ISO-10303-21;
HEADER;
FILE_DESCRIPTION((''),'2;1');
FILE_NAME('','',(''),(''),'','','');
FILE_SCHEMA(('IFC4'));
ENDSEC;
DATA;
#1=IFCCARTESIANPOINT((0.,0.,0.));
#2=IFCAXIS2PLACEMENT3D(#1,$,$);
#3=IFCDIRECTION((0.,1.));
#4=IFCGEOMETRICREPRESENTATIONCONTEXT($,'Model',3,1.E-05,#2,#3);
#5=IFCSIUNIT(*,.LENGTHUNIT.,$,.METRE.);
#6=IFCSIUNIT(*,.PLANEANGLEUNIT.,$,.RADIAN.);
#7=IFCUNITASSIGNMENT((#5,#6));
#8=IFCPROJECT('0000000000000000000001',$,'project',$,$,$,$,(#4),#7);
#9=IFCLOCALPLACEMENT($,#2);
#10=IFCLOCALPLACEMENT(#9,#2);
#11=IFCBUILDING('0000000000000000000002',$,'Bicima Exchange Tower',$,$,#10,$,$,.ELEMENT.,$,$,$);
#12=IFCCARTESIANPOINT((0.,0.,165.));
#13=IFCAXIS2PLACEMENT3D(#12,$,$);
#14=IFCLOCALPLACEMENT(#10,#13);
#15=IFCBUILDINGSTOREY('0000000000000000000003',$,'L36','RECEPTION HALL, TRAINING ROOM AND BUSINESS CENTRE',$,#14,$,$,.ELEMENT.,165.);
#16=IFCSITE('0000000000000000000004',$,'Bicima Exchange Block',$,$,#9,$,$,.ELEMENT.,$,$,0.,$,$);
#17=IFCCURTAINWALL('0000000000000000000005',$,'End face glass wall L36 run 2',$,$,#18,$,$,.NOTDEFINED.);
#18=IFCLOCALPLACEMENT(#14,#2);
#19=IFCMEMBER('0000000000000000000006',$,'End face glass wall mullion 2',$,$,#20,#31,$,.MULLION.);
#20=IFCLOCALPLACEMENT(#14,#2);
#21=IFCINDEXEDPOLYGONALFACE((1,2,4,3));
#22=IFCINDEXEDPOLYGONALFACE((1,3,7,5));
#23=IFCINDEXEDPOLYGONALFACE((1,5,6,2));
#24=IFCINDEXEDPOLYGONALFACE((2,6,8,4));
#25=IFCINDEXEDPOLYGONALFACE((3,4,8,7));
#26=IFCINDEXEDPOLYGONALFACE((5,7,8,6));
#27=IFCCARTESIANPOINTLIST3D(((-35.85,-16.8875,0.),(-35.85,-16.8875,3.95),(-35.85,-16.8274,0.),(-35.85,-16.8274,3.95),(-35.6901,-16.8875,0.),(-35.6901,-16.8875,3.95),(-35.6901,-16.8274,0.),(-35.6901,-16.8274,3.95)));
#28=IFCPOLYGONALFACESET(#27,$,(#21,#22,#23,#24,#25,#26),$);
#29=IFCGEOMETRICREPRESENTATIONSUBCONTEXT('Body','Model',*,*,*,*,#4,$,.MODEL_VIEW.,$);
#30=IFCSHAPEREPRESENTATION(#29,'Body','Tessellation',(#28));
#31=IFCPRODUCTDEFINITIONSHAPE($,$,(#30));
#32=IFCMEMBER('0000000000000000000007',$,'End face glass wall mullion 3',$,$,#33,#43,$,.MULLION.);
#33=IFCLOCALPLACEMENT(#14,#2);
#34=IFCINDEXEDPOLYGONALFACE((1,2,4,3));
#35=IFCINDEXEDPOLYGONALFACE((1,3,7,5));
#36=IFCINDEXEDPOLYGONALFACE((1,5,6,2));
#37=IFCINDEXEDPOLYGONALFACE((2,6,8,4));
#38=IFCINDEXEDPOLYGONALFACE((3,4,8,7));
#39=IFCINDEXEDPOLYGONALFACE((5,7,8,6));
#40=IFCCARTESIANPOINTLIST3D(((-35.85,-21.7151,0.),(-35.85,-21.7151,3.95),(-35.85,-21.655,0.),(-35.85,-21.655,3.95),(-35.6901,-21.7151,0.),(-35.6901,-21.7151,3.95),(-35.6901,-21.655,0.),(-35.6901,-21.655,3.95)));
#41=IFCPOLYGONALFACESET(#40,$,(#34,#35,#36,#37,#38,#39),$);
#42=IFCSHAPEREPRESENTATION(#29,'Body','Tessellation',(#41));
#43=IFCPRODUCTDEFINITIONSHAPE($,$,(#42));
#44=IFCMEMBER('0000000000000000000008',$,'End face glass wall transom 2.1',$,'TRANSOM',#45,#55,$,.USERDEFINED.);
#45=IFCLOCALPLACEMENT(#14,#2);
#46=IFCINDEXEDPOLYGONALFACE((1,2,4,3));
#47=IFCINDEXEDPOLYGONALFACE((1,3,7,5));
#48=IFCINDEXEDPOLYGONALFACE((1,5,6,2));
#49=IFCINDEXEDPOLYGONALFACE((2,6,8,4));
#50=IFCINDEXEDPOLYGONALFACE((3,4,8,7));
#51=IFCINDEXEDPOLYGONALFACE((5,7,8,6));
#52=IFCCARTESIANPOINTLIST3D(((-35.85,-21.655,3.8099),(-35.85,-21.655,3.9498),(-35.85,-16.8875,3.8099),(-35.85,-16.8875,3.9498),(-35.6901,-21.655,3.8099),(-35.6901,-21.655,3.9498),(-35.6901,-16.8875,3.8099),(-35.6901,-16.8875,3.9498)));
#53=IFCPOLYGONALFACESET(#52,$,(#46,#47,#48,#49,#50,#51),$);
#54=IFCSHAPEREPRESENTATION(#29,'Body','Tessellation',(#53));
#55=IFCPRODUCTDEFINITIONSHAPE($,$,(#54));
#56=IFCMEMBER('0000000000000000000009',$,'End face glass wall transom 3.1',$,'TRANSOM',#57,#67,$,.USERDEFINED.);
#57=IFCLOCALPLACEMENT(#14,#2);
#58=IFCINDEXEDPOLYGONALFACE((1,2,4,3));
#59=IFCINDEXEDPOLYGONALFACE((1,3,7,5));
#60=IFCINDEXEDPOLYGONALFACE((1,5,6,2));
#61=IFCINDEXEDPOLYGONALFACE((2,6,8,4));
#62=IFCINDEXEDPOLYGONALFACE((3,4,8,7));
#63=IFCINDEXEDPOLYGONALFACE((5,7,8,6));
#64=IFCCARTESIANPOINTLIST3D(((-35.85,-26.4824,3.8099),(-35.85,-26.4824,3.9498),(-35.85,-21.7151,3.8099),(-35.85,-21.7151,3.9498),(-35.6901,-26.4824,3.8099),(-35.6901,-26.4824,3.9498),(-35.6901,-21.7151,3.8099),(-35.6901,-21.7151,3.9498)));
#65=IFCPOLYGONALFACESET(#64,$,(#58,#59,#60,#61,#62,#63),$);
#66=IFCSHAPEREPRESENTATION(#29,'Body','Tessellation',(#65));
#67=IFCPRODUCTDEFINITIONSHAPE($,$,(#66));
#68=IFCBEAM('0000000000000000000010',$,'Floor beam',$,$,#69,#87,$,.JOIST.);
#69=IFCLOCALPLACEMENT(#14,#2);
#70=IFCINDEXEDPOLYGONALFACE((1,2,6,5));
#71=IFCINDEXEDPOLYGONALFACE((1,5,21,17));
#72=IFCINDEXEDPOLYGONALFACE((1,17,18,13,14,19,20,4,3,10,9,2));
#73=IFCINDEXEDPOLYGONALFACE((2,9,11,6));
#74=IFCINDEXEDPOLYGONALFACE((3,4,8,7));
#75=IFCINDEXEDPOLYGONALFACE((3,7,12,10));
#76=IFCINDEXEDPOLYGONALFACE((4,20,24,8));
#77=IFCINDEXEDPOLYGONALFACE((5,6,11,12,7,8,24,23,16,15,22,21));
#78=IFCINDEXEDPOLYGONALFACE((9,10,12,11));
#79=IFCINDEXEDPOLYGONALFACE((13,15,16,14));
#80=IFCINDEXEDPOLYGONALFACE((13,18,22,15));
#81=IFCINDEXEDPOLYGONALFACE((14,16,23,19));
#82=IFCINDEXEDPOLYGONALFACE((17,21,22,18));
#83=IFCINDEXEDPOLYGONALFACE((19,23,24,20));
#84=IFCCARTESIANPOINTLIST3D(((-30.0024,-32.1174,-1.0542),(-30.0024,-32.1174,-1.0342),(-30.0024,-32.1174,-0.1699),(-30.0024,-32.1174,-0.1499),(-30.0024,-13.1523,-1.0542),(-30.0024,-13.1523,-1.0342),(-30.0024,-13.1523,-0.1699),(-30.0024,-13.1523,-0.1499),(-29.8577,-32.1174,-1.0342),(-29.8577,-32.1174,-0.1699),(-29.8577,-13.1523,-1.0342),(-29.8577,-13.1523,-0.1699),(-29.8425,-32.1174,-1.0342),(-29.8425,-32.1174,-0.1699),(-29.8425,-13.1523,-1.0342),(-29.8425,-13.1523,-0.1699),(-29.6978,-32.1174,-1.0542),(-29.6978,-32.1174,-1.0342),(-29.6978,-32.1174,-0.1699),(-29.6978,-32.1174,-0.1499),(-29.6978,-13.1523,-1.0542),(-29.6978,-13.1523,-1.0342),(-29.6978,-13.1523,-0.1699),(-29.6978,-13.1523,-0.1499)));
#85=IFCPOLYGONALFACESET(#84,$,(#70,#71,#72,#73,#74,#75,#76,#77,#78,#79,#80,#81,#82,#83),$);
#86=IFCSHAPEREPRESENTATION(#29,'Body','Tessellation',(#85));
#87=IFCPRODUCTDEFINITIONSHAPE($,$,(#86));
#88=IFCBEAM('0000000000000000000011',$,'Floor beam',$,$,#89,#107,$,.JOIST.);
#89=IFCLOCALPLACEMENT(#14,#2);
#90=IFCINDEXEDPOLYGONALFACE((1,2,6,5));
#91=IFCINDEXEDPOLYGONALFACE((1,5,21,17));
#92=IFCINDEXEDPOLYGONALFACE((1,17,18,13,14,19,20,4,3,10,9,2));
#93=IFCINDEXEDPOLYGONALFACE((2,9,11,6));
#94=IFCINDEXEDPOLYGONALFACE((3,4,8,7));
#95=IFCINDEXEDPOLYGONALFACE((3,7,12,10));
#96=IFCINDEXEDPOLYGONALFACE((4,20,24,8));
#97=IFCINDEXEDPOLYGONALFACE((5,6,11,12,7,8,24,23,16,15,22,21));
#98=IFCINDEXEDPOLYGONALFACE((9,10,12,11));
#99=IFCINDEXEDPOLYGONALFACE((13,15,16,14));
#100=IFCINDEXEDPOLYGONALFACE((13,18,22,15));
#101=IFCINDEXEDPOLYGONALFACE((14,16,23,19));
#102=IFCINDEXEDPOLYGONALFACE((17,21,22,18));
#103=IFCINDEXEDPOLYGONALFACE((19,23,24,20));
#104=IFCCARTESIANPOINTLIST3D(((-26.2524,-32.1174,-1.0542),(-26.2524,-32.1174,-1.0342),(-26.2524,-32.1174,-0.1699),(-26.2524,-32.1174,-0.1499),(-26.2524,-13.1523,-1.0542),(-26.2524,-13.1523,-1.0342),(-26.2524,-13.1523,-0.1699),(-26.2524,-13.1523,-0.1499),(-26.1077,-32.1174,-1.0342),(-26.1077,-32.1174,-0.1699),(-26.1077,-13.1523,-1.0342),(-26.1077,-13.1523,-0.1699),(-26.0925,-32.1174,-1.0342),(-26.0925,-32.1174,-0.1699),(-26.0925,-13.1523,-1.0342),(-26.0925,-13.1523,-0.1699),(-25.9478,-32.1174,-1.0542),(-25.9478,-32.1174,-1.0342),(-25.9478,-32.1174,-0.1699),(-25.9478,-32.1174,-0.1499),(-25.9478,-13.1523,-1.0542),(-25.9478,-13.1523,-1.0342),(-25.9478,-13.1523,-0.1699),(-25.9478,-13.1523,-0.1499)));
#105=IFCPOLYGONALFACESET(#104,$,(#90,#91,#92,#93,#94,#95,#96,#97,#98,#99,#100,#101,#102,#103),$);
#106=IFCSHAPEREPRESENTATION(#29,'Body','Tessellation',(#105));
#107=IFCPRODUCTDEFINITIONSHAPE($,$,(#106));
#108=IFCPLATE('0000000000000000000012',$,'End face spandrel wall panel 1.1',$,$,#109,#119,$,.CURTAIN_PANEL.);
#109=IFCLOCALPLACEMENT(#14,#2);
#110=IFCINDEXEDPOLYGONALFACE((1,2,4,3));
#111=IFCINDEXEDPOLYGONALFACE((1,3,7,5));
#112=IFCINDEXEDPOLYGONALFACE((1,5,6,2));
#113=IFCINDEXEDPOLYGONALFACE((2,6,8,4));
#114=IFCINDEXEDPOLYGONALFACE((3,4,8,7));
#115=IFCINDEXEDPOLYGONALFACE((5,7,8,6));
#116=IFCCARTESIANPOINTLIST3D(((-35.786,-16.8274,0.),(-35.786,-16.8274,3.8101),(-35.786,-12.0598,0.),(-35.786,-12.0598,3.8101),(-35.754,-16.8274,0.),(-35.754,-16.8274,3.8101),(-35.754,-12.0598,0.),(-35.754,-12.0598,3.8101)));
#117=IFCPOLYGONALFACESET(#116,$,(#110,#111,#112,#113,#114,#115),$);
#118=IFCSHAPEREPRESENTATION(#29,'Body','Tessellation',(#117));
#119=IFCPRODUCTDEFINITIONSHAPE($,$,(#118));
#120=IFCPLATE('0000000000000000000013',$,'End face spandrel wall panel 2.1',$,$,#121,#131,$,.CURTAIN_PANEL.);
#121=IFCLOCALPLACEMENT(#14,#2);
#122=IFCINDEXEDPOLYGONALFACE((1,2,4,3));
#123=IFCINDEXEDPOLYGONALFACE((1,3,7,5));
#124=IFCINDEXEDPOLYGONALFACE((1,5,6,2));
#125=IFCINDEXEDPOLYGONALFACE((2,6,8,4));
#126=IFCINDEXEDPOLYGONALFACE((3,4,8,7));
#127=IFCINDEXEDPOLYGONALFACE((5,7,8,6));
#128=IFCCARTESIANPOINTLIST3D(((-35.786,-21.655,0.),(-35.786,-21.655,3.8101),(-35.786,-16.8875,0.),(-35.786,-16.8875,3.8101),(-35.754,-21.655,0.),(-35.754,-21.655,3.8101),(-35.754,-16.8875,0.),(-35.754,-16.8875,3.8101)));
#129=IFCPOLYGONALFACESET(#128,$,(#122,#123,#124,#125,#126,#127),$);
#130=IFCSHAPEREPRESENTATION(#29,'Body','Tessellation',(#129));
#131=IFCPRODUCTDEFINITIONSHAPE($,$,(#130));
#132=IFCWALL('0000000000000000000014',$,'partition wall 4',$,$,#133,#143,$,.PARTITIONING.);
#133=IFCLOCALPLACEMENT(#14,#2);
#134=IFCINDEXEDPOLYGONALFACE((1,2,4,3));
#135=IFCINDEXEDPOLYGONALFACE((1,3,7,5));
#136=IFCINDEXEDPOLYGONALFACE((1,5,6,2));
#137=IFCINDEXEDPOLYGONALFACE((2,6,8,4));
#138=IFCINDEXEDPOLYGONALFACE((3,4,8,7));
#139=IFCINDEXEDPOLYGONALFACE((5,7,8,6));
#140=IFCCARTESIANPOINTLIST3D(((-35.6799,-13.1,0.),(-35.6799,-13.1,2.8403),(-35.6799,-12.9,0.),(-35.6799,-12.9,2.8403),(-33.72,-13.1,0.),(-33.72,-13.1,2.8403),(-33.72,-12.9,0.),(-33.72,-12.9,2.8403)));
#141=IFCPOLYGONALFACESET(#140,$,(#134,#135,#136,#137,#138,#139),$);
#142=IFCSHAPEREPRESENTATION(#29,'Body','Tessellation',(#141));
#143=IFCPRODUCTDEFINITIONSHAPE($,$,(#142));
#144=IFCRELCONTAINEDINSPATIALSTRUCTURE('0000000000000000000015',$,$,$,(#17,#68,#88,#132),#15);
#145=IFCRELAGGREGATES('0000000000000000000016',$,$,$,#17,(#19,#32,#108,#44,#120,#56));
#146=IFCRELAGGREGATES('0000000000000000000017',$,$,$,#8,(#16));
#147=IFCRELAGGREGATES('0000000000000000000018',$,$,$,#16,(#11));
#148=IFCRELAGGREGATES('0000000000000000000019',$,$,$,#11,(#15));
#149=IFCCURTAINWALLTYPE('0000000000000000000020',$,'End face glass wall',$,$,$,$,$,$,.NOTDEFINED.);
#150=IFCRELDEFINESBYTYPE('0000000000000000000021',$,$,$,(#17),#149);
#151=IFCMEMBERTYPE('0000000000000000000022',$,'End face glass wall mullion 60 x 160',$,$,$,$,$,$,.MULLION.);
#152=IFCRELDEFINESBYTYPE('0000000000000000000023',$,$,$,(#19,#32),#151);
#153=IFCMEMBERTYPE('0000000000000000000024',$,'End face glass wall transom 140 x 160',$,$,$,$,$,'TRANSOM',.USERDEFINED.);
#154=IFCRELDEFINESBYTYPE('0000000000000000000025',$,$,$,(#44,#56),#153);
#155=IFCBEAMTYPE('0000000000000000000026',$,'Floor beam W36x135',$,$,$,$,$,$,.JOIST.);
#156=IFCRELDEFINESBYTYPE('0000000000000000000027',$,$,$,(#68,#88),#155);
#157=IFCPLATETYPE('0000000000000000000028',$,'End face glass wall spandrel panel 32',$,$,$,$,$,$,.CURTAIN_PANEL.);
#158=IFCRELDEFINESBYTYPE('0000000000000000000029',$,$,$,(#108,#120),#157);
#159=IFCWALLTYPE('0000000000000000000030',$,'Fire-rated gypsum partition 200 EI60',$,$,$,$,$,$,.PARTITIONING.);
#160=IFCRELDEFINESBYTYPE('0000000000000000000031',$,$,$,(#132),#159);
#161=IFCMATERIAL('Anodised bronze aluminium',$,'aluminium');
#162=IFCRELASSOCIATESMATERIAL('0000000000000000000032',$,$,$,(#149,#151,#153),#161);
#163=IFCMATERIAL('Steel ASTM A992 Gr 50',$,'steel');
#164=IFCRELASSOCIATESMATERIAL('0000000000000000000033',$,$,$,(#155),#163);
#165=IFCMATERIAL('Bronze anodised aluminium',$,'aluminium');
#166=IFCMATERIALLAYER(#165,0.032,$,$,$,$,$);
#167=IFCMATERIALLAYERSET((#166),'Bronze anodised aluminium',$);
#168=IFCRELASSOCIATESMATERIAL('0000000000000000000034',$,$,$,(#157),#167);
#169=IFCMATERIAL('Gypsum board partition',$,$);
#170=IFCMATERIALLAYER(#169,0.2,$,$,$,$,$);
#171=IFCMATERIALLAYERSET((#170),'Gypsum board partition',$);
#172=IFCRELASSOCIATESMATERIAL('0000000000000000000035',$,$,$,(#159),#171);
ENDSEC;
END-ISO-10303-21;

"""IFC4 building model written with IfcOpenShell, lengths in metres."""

from ifc_helpers import new_model, si_unit, direction, frame, frame_2d, origin, origin_2d, place, context, subcontext, project, spatial, rectangle, i_section, extrude, material, layer, layer_set, material_profile, profile_set, type_object, element, aggregate, save


model = new_model("IFC4")

# Units and contexts
model_context = context("Model", 3, precision=1e-05, world=origin(), true_north=direction((0.0, 1.0)))
body_context = subcontext(model_context, "Body", "Model", "MODEL_VIEW")
ifc_project = project(units=[si_unit("LENGTHUNIT", "METRE"), si_unit("PLANEANGLEUNIT", "RADIAN")], contexts=[model_context])

# Site, building, storey
site_placement = place(None, origin())
site = spatial("IfcSite", under=ifc_project, at=site_placement, Name="Bicima Exchange Block", CompositionType="ELEMENT", RefElevation=0.0)
building_placement = place(site_placement, origin())
building = spatial("IfcBuilding", under=site, at=building_placement, Name="Bicima Exchange Tower", CompositionType="ELEMENT")
storey_placement = place(building_placement, frame((0.0, 0.0, 165.0)))
storey = spatial("IfcBuildingStorey", under=building, at=storey_placement, Name="L36", Description="RECEPTION HALL, TRAINING ROOM AND BUSINESS CENTRE", CompositionType="ELEMENT", Elevation=165.0)

# Curtain wall, members
ifc_material_1 = material(Name="Anodised bronze aluminium", Category="aluminium")
curtain_wall_type = type_object("IfcCurtainWallType", Name="End face glass wall", PredefinedType="NOTDEFINED", material=ifc_material_1)
curtain_wall_placement = place(storey_placement, origin())
curtain_wall = element("IfcCurtainWall", 1, at=curtain_wall_placement, inside=storey, type_object=curtain_wall_type, Name="End face glass wall L36 run 2", PredefinedType="NOTDEFINED")
ifc_material_profile_1 = material_profile(ifc_material_1, rectangle(XDim=0.1599, YDim=0.0601, at=origin_2d()))
ifc_profile_set_1 = profile_set([ifc_material_profile_1], Name="Anodised bronze aluminium")
member_type_1 = type_object("IfcMemberType", Name="End face glass wall mullion 60 x 160", PredefinedType="MULLION", material=ifc_profile_set_1)
member_1_placement = place(storey_placement, frame((-35.77, -16.8574, 0.0), z_axis=(0.0, 0.0, 1.0), x_axis=(1.0, 0.0, 0.0)))
member_1 = element("IfcMember", 2, at=member_1_placement, type_object=member_type_1, Name="End face glass wall mullion 2", PredefinedType="MULLION", context=body_context, shape_type="SweptSolid", body=[
    extrude(rectangle(XDim=0.1599, YDim=0.0601, at=origin_2d()), origin(), (0.0, 0.0, 1.0), 3.95),
])
member_2_placement = place(storey_placement, frame((-35.77, -21.6851, 0.0), z_axis=(0.0, 0.0, 1.0), x_axis=(1.0, 0.0, 0.0)))
member_2 = element("IfcMember", 3, at=member_2_placement, type_object=member_type_1, Name="End face glass wall mullion 3", PredefinedType="MULLION", context=body_context, shape_type="SweptSolid", body=[
    extrude(rectangle(XDim=0.1599, YDim=0.0601, at=origin_2d()), origin(), (0.0, 0.0, 1.0), 3.95),
])
ifc_material_profile_2 = material_profile(ifc_material_1, rectangle(XDim=0.1599, YDim=0.1399, at=origin_2d()))
ifc_profile_set_2 = profile_set([ifc_material_profile_2], Name="Anodised bronze aluminium")
member_type_2 = type_object("IfcMemberType", Name="End face glass wall transom 140 x 160", ElementType="TRANSOM", PredefinedType="USERDEFINED", material=ifc_profile_set_2)
member_3_placement = place(storey_placement, frame((-35.77, -16.8875, 3.8799), z_axis=(0.0, -1.0, 0.0), x_axis=(1.0, 0.0, 0.0)))
member_3 = element("IfcMember", 4, at=member_3_placement, type_object=member_type_2, Name="End face glass wall transom 2.1", ObjectType="TRANSOM", PredefinedType="USERDEFINED", context=body_context, shape_type="SweptSolid", body=[
    extrude(rectangle(XDim=0.1599, YDim=0.1399, at=origin_2d()), origin(), (0.0, 0.0, 1.0), 4.7676),
])
member_4_placement = place(storey_placement, frame((-35.77, -21.7151, 3.8799), z_axis=(0.0, -1.0, 0.0), x_axis=(1.0, 0.0, 0.0)))
member_4 = element("IfcMember", 5, at=member_4_placement, type_object=member_type_2, Name="End face glass wall transom 3.1", ObjectType="TRANSOM", PredefinedType="USERDEFINED", context=body_context, shape_type="SweptSolid", body=[
    extrude(rectangle(XDim=0.1599, YDim=0.1399, at=origin_2d()), origin(), (0.0, 0.0, 1.0), 4.7673),
])

# Beams
ifc_material_2 = material(Name="Steel ASTM A992 Gr 50", Category="steel")
ifc_material_profile_3 = material_profile(ifc_material_2, i_section(OverallWidth=0.3047, OverallDepth=0.9043, WebThickness=0.0151, FlangeThickness=0.02, at=origin_2d()))
ifc_profile_set_3 = profile_set([ifc_material_profile_3], Name="Steel ASTM A992 Gr 50")
beam_type = type_object("IfcBeamType", Name="Floor beam W36x135", PredefinedType="JOIST", material=ifc_profile_set_3)
for number, where, z_axis, x_axis, name in (
    (6, (-29.8501, -13.1523, -0.6021), (0.0, -1.0, 0.0), (1.0, 0.0, 0.0), "Floor beam"),
    (7, (-26.1001, -13.1523, -0.6021), (0.0, -1.0, 0.0), (1.0, 0.0, 0.0), "Floor beam"),
):
    element("IfcBeam", number, at=place(storey_placement, frame(where, z_axis=z_axis, x_axis=x_axis)), inside=storey, type_object=beam_type, Name=name, PredefinedType="JOIST", context=body_context, shape_type="SweptSolid", body=[
        extrude(i_section(OverallWidth=0.3047, OverallDepth=0.9043, WebThickness=0.0151, FlangeThickness=0.02, at=origin_2d()), origin(), (0.0, 0.0, 1.0), 18.9651),
    ])

# Plates
ifc_material_3 = material(Name="Bronze anodised aluminium", Category="aluminium")
ifc_layer_1 = layer(ifc_material_3, 0.032)
ifc_layer_set_1 = layer_set([ifc_layer_1], Name="Bronze anodised aluminium")
plate_type = type_object("IfcPlateType", Name="End face glass wall spandrel panel 32", PredefinedType="CURTAIN_PANEL", material=ifc_layer_set_1)
plate_1_placement = place(storey_placement, frame((-35.77, -14.4436, 0.0), z_axis=(0.0, 0.0, 1.0), x_axis=(0.0, -1.0, 0.0)))
plate_1 = element("IfcPlate", 8, at=plate_1_placement, type_object=plate_type, Name="End face spandrel wall panel 1.1", PredefinedType="CURTAIN_PANEL", context=body_context, shape_type="SweptSolid", body=[
    extrude(rectangle(XDim=4.7676, YDim=0.032, at=origin_2d()), origin(), (0.0, 0.0, 1.0), 3.8101),
])
plate_2_placement = place(storey_placement, frame((-35.77, -19.2712, 0.0), z_axis=(0.0, 0.0, 1.0), x_axis=(0.0, -1.0, 0.0)))
plate_2 = element("IfcPlate", 9, at=plate_2_placement, type_object=plate_type, Name="End face spandrel wall panel 2.1", PredefinedType="CURTAIN_PANEL", context=body_context, shape_type="SweptSolid", body=[
    extrude(rectangle(XDim=4.7676, YDim=0.032, at=origin_2d()), origin(), (0.0, 0.0, 1.0), 3.8101),
])
aggregate(curtain_wall, [member_1, member_2, plate_1, member_3, plate_2, member_4])

# Shared definitions
ifc_material_4 = material(Name="Gypsum board partition")
ifc_layer_2 = layer(ifc_material_4, 0.2)
ifc_layer_set_2 = layer_set([ifc_layer_2], Name="Gypsum board partition")
wall_type = type_object("IfcWallType", Name="Fire-rated gypsum partition 200 EI60", PredefinedType="PARTITIONING", material=ifc_layer_set_2)

# Wall
wall_1_placement = place(storey_placement, frame((-35.6799, -13.0, 0.0), z_axis=(0.0, 0.0, 1.0), x_axis=(1.0, 0.0, 0.0)))
element("IfcWall", 10, at=wall_1_placement, inside=storey, type_object=wall_type, Name="partition wall 4", PredefinedType="PARTITIONING", context=body_context, shape_type="SweptSolid", body=[
    extrude(rectangle(XDim=1.96, YDim=0.2, at=frame_2d((0.98, 0.0))), origin(), (0.0, 0.0, 1.0), 2.8403),
])

save(model, "model.ifc")
